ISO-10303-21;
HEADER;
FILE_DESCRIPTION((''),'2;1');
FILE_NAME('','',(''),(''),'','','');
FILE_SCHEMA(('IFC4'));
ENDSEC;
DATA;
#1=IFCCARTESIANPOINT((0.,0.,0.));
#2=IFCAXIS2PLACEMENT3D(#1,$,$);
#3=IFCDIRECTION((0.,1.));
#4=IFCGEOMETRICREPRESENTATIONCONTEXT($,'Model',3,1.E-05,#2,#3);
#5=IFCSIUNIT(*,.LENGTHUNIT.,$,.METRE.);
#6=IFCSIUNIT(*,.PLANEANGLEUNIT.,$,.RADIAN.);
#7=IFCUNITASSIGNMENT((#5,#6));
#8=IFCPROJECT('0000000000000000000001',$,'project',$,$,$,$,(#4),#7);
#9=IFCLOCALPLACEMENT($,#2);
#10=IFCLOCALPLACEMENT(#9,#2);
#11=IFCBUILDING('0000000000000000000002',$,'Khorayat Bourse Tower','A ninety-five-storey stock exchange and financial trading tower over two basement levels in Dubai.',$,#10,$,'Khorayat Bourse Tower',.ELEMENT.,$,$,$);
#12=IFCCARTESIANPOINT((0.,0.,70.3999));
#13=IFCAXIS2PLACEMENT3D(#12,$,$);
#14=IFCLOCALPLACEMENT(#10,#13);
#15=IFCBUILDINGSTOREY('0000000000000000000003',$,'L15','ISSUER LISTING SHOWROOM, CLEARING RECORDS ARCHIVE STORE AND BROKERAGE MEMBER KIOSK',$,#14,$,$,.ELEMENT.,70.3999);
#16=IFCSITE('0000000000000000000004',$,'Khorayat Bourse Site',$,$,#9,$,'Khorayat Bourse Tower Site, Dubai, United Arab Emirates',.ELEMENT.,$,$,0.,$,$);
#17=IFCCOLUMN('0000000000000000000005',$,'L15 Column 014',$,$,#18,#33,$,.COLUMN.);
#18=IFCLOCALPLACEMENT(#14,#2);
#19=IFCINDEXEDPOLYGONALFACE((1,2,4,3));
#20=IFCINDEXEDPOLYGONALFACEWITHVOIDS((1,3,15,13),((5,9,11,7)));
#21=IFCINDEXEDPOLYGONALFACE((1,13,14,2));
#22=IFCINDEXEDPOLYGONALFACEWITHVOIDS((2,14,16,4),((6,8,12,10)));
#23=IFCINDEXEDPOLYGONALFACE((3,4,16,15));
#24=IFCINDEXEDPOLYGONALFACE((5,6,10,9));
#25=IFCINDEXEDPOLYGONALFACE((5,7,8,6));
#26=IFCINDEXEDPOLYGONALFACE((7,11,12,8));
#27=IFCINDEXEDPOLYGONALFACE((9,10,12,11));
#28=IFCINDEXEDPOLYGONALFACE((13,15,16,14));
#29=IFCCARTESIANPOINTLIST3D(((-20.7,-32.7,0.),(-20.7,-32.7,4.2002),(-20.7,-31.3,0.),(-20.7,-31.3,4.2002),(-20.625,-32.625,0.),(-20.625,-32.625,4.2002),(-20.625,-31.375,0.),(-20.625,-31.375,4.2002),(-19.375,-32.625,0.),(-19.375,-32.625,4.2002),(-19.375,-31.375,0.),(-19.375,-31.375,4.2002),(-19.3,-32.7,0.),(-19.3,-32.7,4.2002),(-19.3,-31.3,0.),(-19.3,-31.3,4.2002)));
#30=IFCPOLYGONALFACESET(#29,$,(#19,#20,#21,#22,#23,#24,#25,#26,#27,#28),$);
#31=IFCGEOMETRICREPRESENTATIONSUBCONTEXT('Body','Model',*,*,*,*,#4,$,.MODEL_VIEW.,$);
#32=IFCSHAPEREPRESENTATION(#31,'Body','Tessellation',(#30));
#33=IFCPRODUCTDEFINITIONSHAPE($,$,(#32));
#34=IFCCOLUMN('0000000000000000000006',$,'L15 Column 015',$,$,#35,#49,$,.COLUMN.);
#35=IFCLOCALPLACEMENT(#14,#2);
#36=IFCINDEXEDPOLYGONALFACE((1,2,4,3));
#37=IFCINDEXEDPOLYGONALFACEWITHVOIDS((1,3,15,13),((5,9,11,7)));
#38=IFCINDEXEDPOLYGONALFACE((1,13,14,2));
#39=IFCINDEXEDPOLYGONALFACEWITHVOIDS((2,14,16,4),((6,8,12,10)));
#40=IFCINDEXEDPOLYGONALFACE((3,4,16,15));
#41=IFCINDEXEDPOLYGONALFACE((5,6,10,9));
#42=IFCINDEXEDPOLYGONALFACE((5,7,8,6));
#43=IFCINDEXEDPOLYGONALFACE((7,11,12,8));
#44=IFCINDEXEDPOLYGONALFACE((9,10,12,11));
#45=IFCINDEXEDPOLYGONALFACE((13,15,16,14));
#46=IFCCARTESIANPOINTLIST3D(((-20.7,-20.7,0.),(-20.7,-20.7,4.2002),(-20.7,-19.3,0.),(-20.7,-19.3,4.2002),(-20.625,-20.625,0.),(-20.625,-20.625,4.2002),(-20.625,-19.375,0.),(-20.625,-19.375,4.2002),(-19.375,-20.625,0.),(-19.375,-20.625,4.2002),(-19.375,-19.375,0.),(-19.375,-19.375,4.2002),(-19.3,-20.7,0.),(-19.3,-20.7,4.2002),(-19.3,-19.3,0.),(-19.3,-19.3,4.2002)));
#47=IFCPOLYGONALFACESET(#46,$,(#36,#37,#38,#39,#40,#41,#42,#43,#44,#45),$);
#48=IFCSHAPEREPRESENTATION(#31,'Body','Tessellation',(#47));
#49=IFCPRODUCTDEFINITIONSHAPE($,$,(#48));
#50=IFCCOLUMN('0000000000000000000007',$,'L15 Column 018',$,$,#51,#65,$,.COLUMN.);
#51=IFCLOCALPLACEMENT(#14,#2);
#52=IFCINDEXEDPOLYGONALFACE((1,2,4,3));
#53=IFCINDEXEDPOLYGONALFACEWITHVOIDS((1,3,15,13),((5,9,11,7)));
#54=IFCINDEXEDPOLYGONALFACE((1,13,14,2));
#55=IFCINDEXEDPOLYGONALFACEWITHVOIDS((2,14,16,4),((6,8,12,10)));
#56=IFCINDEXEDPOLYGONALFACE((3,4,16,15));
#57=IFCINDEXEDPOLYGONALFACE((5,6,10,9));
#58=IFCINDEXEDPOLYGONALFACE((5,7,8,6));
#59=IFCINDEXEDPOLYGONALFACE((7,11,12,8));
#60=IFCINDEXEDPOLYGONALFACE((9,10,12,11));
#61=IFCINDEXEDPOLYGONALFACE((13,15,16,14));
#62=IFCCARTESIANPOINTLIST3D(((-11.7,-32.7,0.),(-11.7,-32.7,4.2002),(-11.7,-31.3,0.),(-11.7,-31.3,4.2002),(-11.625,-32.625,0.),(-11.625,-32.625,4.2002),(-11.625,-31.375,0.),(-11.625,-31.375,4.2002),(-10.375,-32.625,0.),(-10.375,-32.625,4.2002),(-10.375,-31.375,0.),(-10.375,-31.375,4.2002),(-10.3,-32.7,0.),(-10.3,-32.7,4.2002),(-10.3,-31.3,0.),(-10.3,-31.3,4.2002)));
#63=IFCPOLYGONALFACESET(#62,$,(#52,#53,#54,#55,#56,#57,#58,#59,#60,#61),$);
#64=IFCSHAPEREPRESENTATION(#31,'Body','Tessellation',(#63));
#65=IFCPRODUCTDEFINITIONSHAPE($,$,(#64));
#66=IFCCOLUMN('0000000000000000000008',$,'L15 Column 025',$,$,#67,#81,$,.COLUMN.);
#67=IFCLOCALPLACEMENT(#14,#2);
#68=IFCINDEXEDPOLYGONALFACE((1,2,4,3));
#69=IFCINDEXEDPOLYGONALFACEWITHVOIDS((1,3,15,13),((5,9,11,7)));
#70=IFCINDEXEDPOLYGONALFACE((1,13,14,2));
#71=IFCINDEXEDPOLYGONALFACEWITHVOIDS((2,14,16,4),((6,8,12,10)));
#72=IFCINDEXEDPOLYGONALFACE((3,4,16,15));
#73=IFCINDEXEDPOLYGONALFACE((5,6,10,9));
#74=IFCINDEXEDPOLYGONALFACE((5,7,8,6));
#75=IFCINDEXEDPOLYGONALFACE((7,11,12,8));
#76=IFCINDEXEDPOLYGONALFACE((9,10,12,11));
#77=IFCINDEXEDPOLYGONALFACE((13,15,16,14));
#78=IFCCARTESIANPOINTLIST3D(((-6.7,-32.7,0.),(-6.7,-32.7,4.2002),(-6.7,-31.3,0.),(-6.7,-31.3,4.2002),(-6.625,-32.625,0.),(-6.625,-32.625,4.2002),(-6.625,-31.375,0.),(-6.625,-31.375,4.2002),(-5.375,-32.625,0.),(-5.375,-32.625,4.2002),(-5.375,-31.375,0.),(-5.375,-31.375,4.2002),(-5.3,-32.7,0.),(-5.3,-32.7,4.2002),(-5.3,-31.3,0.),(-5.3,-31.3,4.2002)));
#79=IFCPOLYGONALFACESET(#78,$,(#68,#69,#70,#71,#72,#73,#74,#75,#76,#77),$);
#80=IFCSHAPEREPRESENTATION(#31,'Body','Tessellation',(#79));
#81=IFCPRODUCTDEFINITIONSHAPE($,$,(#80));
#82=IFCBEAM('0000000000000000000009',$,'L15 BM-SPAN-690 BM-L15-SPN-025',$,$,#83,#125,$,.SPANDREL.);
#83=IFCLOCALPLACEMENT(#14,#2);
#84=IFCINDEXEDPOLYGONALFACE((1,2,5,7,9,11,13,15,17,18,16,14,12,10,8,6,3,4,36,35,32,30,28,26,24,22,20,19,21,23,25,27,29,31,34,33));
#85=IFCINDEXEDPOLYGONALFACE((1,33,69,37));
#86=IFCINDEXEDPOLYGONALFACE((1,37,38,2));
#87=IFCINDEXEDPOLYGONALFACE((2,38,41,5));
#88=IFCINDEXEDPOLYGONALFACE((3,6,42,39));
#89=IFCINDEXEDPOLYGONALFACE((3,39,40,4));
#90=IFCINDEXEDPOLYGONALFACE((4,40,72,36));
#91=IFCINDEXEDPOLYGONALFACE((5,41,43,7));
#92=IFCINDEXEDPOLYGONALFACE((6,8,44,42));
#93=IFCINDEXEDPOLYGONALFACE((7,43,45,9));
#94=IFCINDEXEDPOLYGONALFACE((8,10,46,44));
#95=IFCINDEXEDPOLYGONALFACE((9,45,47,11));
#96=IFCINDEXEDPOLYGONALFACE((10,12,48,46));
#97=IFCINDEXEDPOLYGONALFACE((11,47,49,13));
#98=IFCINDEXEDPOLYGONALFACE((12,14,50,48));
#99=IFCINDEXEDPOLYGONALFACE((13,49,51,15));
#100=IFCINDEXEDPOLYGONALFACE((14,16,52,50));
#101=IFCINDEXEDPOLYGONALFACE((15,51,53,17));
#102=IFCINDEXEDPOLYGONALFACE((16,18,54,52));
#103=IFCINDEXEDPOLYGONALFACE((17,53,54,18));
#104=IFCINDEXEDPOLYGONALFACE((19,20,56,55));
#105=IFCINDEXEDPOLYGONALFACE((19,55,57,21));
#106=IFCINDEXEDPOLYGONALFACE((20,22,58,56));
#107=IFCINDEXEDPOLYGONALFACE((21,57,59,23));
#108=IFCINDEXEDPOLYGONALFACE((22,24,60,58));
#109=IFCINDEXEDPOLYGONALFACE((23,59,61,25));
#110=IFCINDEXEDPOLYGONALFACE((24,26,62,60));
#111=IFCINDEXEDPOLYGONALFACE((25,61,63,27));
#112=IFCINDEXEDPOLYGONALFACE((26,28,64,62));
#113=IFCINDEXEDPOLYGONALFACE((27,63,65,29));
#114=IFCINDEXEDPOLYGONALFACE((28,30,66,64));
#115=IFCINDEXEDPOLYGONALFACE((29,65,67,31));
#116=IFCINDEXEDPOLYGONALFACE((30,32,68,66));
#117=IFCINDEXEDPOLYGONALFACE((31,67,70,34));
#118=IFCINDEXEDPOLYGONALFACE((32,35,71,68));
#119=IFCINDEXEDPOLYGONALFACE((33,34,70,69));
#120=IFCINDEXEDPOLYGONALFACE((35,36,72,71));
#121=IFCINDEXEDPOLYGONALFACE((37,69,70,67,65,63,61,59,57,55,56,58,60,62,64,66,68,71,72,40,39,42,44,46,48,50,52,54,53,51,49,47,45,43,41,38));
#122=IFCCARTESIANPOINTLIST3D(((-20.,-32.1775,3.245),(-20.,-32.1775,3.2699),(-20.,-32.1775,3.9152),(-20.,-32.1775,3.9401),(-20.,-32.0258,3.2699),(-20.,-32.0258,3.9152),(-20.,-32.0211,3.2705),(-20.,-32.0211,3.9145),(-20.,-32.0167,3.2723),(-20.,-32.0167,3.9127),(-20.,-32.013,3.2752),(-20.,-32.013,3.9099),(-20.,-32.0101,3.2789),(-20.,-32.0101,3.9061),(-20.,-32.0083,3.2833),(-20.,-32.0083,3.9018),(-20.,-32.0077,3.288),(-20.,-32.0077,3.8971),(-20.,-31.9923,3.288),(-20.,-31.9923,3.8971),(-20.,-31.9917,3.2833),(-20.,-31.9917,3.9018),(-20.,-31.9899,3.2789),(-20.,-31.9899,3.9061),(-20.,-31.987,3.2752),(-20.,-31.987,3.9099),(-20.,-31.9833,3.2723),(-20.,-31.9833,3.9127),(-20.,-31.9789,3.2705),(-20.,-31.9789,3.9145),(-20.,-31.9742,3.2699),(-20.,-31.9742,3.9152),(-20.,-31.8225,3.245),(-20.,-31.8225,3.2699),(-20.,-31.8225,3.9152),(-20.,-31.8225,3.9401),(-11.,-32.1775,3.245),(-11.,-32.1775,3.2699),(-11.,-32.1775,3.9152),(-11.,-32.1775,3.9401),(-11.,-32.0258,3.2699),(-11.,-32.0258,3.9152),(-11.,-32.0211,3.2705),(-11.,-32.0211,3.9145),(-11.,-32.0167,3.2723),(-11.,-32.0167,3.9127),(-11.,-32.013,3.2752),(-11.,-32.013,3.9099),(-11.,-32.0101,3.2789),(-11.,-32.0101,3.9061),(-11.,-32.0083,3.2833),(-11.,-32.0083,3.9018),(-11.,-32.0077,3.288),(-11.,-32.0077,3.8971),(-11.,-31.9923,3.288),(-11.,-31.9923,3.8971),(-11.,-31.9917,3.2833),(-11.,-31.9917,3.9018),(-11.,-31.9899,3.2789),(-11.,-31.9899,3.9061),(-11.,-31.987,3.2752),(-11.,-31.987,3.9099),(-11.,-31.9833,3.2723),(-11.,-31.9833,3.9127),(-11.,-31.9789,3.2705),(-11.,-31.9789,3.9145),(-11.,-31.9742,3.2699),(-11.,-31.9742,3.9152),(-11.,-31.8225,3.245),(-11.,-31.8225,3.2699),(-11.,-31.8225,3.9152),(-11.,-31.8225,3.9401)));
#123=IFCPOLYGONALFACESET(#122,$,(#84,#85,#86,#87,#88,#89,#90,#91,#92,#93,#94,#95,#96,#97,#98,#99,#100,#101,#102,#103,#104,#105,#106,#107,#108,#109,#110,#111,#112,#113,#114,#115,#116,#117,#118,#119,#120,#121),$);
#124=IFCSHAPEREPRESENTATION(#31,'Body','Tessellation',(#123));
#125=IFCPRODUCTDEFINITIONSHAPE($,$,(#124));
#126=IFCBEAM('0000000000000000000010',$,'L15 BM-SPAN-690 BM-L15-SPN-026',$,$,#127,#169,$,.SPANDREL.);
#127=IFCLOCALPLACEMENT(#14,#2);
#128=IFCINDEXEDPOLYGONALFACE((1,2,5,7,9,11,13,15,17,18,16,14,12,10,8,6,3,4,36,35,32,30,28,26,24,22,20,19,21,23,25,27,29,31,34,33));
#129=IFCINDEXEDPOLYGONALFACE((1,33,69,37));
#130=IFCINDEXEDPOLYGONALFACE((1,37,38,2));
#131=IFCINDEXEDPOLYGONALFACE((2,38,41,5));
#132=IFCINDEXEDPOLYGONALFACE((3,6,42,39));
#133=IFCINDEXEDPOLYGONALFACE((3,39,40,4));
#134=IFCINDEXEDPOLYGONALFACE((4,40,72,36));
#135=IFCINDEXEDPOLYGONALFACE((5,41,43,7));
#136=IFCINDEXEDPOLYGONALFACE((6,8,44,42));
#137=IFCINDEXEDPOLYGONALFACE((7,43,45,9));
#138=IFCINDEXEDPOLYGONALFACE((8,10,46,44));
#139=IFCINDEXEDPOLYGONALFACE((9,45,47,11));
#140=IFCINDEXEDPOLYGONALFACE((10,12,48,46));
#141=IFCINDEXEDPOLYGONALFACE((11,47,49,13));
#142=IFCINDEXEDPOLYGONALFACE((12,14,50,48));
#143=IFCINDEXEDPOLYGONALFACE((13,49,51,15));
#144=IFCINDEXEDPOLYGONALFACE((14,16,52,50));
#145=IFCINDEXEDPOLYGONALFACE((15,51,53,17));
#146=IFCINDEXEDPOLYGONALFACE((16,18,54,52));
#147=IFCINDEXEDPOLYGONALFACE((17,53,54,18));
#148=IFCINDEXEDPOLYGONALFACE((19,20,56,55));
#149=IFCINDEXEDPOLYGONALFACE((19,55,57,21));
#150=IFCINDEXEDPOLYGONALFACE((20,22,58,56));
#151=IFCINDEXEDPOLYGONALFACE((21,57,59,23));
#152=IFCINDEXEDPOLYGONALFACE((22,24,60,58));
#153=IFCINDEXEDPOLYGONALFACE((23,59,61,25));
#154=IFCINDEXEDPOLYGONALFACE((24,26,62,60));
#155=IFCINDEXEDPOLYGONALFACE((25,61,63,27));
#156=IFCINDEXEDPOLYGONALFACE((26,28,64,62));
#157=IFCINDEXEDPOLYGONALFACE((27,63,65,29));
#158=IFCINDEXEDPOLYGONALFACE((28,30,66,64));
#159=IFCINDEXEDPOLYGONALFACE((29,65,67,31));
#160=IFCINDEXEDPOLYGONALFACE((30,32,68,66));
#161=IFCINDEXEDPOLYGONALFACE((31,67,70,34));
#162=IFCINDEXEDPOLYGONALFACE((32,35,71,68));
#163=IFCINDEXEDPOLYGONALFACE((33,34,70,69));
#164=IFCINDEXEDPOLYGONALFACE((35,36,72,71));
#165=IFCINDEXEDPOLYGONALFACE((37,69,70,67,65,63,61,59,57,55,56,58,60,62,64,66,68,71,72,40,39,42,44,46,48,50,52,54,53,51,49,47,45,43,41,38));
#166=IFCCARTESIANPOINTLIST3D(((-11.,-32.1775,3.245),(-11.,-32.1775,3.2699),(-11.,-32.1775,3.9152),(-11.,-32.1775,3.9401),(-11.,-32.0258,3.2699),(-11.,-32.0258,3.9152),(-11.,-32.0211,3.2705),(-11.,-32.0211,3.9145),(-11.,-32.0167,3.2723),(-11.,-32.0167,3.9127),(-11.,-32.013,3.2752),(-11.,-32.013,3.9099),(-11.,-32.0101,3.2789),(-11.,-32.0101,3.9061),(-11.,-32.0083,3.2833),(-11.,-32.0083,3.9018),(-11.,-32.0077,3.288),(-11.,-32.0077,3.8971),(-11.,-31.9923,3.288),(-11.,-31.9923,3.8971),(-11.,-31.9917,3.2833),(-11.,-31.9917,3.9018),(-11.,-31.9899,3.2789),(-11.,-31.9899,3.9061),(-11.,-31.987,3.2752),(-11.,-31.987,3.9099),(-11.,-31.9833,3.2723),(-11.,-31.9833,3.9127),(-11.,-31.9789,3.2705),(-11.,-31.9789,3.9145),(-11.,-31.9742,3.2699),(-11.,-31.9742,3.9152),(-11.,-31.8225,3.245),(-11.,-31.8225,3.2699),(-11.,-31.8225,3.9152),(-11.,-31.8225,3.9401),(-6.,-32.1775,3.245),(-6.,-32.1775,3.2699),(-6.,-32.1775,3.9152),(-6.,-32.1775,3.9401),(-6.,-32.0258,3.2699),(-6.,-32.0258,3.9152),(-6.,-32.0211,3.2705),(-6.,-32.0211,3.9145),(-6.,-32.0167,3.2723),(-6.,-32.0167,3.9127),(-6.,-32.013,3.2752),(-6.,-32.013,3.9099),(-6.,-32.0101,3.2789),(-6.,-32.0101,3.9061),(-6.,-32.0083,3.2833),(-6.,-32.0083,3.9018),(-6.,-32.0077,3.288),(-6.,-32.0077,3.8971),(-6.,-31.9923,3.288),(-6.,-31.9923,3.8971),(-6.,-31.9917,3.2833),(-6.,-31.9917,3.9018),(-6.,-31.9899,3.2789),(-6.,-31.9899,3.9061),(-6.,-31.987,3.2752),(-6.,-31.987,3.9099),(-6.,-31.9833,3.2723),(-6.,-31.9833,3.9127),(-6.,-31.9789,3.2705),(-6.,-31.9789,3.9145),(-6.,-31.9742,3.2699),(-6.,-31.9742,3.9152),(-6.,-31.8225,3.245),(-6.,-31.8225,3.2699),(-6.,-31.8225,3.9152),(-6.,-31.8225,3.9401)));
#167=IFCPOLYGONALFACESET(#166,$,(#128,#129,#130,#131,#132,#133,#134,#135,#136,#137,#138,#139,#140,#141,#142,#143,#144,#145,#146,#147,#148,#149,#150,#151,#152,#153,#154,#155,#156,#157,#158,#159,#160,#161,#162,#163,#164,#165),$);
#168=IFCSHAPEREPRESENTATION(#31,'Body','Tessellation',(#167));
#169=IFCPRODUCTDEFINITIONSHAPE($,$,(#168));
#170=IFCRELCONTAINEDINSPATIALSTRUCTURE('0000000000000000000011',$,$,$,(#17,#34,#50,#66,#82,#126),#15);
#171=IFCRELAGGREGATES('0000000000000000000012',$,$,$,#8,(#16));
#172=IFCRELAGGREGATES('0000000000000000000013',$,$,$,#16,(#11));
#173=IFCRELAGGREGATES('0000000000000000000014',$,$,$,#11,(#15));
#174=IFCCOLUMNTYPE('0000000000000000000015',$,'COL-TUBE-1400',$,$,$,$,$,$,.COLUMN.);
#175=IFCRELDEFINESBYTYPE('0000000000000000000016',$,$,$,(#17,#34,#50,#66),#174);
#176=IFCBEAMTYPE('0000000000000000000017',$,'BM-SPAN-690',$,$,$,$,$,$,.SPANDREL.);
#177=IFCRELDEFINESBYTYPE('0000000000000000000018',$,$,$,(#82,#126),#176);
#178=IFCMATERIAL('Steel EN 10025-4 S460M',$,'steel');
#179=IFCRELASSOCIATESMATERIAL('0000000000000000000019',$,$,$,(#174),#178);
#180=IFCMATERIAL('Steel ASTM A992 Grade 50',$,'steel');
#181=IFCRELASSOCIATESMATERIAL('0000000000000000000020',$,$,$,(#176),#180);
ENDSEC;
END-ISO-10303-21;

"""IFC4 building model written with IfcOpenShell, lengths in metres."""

from ifc_helpers import new_model, si_unit, direction, frame, origin, origin_2d, place, context, subcontext, project, spatial, hollow_rectangle, i_section, extrude, source, transform, mapped, material, material_profile, profile_set, type_object, element, save


model = new_model("IFC4")

# Units and contexts
model_context = context("Model", 3, precision=1e-05, world=origin(), true_north=direction((0.0, 1.0)))
body_context = subcontext(model_context, "Body", "Model", "MODEL_VIEW")
ifc_project = project(units=[si_unit("LENGTHUNIT", "METRE"), si_unit("PLANEANGLEUNIT", "RADIAN")], contexts=[model_context])

# Site, building, storey
site_placement = place(None, origin())
site = spatial("IfcSite", under=ifc_project, at=site_placement, Name="Khorayat Bourse Site", LongName="Khorayat Bourse Tower Site, Dubai, United Arab Emirates", CompositionType="ELEMENT", RefElevation=0.0)
building_placement = place(site_placement, origin())
building = spatial("IfcBuilding", under=site, at=building_placement, Name="Khorayat Bourse Tower", Description="A ninety-five-storey stock exchange and financial trading tower over two basement levels in Dubai.", LongName="Khorayat Bourse Tower", CompositionType="ELEMENT")
storey_placement = place(building_placement, frame((0.0, 0.0, 70.3999)))
storey = spatial("IfcBuildingStorey", under=building, at=storey_placement, Name="L15", Description="ISSUER LISTING SHOWROOM, CLEARING RECORDS ARCHIVE STORE AND BROKERAGE MEMBER KIOSK", CompositionType="ELEMENT", Elevation=70.3999)

# Columns
ifc_material_1 = material(Name="Steel EN 10025-4 S460M", Category="steel")
ifc_material_profile_1 = material_profile(ifc_material_1, hollow_rectangle(XDim=1.3999, YDim=1.3999, WallThickness=0.075, at=origin_2d()), Name="BOX 1400x1400x75")
ifc_profile_set_1 = profile_set([ifc_material_profile_1], Name="Steel EN 10025-4 S460M")
column_type = type_object("IfcColumnType", Name="COL-TUBE-1400", PredefinedType="COLUMN", material=ifc_profile_set_1)
shared_shape_1 = source(origin(), body_context, "Body", "SweptSolid", [
    extrude(hollow_rectangle(XDim=1.3999, YDim=1.3999, WallThickness=0.075, at=origin_2d()), origin(), (0.0, 0.0, 1.0), 4.2002),
])
for number, where, z_axis, x_axis, name in (
    (1, (-20.0, -32.0, 0.0), (0.0, 0.0, 1.0), (1.0, 0.0, 0.0), "L15 Column 014"),
    (2, (-20.0, -20.0, 0.0), (0.0, 0.0, 1.0), (1.0, 0.0, 0.0), "L15 Column 015"),
    (3, (-11.0, -32.0, 0.0), (0.0, 0.0, 1.0), (1.0, 0.0, 0.0), "L15 Column 018"),
    (4, (-6.0, -32.0, 0.0), (0.0, 0.0, 1.0), (1.0, 0.0, 0.0), "L15 Column 025"),
):
    element("IfcColumn", number, at=place(storey_placement, frame(where, z_axis=z_axis, x_axis=x_axis)), inside=storey, type_object=column_type, Name=name, PredefinedType="COLUMN", context=body_context, shape_type="MappedRepresentation", body=[
        mapped(shared_shape_1, transform((0.0, 0.0, 0.0), scale=1.0)),
    ])

# Beams
ifc_material_2 = material(Name="Steel ASTM A992 Grade 50", Category="steel")
ifc_material_profile_2 = material_profile(ifc_material_2, i_section(OverallWidth=0.355, OverallDepth=0.6951, WebThickness=0.0154, FlangeThickness=0.0249, FilletRadius=0.0181, at=origin_2d()), Name="W690X217")
ifc_profile_set_2 = profile_set([ifc_material_profile_2], Name="Steel ASTM A992 Grade 50")
beam_type_1 = type_object("IfcBeamType", Name="BM-SPAN-690", PredefinedType="SPANDREL", material=ifc_profile_set_2)
shared_shape_2 = source(origin(), body_context, "Body", "SweptSolid", [
    extrude(i_section(OverallWidth=0.355, OverallDepth=0.6951, WebThickness=0.0154, FlangeThickness=0.0249, FilletRadius=0.0181, at=origin_2d()), origin(), (0.0, 0.0, 1.0), 9.0),
])
beam_1_placement = place(storey_placement, frame((-20.0, -32.0, 3.5925), z_axis=(1.0, 0.0, 0.0), x_axis=(0.0, 1.0, 0.0)))
element("IfcBeam", 5, at=beam_1_placement, inside=storey, type_object=beam_type_1, Name="L15 BM-SPAN-690 BM-L15-SPN-025", PredefinedType="SPANDREL", context=body_context, shape_type="MappedRepresentation", body=[
    mapped(shared_shape_2, transform((0.0, 0.0, 0.0), scale=1.0)),
])
shared_shape_3 = source(origin(), body_context, "Body", "SweptSolid", [
    extrude(i_section(OverallWidth=0.355, OverallDepth=0.6951, WebThickness=0.0154, FlangeThickness=0.0249, FilletRadius=0.0181, at=origin_2d()), origin(), (0.0, 0.0, 1.0), 5.0),
])
beam_2_placement = place(storey_placement, frame((-11.0, -32.0, 3.5925), z_axis=(1.0, 0.0, 0.0), x_axis=(0.0, 1.0, 0.0)))
element("IfcBeam", 6, at=beam_2_placement, inside=storey, type_object=beam_type_1, Name="L15 BM-SPAN-690 BM-L15-SPN-026", PredefinedType="SPANDREL", context=body_context, shape_type="MappedRepresentation", body=[
    mapped(shared_shape_3, transform((0.0, 0.0, 0.0), scale=1.0)),
])

save(model, "model.ifc")
